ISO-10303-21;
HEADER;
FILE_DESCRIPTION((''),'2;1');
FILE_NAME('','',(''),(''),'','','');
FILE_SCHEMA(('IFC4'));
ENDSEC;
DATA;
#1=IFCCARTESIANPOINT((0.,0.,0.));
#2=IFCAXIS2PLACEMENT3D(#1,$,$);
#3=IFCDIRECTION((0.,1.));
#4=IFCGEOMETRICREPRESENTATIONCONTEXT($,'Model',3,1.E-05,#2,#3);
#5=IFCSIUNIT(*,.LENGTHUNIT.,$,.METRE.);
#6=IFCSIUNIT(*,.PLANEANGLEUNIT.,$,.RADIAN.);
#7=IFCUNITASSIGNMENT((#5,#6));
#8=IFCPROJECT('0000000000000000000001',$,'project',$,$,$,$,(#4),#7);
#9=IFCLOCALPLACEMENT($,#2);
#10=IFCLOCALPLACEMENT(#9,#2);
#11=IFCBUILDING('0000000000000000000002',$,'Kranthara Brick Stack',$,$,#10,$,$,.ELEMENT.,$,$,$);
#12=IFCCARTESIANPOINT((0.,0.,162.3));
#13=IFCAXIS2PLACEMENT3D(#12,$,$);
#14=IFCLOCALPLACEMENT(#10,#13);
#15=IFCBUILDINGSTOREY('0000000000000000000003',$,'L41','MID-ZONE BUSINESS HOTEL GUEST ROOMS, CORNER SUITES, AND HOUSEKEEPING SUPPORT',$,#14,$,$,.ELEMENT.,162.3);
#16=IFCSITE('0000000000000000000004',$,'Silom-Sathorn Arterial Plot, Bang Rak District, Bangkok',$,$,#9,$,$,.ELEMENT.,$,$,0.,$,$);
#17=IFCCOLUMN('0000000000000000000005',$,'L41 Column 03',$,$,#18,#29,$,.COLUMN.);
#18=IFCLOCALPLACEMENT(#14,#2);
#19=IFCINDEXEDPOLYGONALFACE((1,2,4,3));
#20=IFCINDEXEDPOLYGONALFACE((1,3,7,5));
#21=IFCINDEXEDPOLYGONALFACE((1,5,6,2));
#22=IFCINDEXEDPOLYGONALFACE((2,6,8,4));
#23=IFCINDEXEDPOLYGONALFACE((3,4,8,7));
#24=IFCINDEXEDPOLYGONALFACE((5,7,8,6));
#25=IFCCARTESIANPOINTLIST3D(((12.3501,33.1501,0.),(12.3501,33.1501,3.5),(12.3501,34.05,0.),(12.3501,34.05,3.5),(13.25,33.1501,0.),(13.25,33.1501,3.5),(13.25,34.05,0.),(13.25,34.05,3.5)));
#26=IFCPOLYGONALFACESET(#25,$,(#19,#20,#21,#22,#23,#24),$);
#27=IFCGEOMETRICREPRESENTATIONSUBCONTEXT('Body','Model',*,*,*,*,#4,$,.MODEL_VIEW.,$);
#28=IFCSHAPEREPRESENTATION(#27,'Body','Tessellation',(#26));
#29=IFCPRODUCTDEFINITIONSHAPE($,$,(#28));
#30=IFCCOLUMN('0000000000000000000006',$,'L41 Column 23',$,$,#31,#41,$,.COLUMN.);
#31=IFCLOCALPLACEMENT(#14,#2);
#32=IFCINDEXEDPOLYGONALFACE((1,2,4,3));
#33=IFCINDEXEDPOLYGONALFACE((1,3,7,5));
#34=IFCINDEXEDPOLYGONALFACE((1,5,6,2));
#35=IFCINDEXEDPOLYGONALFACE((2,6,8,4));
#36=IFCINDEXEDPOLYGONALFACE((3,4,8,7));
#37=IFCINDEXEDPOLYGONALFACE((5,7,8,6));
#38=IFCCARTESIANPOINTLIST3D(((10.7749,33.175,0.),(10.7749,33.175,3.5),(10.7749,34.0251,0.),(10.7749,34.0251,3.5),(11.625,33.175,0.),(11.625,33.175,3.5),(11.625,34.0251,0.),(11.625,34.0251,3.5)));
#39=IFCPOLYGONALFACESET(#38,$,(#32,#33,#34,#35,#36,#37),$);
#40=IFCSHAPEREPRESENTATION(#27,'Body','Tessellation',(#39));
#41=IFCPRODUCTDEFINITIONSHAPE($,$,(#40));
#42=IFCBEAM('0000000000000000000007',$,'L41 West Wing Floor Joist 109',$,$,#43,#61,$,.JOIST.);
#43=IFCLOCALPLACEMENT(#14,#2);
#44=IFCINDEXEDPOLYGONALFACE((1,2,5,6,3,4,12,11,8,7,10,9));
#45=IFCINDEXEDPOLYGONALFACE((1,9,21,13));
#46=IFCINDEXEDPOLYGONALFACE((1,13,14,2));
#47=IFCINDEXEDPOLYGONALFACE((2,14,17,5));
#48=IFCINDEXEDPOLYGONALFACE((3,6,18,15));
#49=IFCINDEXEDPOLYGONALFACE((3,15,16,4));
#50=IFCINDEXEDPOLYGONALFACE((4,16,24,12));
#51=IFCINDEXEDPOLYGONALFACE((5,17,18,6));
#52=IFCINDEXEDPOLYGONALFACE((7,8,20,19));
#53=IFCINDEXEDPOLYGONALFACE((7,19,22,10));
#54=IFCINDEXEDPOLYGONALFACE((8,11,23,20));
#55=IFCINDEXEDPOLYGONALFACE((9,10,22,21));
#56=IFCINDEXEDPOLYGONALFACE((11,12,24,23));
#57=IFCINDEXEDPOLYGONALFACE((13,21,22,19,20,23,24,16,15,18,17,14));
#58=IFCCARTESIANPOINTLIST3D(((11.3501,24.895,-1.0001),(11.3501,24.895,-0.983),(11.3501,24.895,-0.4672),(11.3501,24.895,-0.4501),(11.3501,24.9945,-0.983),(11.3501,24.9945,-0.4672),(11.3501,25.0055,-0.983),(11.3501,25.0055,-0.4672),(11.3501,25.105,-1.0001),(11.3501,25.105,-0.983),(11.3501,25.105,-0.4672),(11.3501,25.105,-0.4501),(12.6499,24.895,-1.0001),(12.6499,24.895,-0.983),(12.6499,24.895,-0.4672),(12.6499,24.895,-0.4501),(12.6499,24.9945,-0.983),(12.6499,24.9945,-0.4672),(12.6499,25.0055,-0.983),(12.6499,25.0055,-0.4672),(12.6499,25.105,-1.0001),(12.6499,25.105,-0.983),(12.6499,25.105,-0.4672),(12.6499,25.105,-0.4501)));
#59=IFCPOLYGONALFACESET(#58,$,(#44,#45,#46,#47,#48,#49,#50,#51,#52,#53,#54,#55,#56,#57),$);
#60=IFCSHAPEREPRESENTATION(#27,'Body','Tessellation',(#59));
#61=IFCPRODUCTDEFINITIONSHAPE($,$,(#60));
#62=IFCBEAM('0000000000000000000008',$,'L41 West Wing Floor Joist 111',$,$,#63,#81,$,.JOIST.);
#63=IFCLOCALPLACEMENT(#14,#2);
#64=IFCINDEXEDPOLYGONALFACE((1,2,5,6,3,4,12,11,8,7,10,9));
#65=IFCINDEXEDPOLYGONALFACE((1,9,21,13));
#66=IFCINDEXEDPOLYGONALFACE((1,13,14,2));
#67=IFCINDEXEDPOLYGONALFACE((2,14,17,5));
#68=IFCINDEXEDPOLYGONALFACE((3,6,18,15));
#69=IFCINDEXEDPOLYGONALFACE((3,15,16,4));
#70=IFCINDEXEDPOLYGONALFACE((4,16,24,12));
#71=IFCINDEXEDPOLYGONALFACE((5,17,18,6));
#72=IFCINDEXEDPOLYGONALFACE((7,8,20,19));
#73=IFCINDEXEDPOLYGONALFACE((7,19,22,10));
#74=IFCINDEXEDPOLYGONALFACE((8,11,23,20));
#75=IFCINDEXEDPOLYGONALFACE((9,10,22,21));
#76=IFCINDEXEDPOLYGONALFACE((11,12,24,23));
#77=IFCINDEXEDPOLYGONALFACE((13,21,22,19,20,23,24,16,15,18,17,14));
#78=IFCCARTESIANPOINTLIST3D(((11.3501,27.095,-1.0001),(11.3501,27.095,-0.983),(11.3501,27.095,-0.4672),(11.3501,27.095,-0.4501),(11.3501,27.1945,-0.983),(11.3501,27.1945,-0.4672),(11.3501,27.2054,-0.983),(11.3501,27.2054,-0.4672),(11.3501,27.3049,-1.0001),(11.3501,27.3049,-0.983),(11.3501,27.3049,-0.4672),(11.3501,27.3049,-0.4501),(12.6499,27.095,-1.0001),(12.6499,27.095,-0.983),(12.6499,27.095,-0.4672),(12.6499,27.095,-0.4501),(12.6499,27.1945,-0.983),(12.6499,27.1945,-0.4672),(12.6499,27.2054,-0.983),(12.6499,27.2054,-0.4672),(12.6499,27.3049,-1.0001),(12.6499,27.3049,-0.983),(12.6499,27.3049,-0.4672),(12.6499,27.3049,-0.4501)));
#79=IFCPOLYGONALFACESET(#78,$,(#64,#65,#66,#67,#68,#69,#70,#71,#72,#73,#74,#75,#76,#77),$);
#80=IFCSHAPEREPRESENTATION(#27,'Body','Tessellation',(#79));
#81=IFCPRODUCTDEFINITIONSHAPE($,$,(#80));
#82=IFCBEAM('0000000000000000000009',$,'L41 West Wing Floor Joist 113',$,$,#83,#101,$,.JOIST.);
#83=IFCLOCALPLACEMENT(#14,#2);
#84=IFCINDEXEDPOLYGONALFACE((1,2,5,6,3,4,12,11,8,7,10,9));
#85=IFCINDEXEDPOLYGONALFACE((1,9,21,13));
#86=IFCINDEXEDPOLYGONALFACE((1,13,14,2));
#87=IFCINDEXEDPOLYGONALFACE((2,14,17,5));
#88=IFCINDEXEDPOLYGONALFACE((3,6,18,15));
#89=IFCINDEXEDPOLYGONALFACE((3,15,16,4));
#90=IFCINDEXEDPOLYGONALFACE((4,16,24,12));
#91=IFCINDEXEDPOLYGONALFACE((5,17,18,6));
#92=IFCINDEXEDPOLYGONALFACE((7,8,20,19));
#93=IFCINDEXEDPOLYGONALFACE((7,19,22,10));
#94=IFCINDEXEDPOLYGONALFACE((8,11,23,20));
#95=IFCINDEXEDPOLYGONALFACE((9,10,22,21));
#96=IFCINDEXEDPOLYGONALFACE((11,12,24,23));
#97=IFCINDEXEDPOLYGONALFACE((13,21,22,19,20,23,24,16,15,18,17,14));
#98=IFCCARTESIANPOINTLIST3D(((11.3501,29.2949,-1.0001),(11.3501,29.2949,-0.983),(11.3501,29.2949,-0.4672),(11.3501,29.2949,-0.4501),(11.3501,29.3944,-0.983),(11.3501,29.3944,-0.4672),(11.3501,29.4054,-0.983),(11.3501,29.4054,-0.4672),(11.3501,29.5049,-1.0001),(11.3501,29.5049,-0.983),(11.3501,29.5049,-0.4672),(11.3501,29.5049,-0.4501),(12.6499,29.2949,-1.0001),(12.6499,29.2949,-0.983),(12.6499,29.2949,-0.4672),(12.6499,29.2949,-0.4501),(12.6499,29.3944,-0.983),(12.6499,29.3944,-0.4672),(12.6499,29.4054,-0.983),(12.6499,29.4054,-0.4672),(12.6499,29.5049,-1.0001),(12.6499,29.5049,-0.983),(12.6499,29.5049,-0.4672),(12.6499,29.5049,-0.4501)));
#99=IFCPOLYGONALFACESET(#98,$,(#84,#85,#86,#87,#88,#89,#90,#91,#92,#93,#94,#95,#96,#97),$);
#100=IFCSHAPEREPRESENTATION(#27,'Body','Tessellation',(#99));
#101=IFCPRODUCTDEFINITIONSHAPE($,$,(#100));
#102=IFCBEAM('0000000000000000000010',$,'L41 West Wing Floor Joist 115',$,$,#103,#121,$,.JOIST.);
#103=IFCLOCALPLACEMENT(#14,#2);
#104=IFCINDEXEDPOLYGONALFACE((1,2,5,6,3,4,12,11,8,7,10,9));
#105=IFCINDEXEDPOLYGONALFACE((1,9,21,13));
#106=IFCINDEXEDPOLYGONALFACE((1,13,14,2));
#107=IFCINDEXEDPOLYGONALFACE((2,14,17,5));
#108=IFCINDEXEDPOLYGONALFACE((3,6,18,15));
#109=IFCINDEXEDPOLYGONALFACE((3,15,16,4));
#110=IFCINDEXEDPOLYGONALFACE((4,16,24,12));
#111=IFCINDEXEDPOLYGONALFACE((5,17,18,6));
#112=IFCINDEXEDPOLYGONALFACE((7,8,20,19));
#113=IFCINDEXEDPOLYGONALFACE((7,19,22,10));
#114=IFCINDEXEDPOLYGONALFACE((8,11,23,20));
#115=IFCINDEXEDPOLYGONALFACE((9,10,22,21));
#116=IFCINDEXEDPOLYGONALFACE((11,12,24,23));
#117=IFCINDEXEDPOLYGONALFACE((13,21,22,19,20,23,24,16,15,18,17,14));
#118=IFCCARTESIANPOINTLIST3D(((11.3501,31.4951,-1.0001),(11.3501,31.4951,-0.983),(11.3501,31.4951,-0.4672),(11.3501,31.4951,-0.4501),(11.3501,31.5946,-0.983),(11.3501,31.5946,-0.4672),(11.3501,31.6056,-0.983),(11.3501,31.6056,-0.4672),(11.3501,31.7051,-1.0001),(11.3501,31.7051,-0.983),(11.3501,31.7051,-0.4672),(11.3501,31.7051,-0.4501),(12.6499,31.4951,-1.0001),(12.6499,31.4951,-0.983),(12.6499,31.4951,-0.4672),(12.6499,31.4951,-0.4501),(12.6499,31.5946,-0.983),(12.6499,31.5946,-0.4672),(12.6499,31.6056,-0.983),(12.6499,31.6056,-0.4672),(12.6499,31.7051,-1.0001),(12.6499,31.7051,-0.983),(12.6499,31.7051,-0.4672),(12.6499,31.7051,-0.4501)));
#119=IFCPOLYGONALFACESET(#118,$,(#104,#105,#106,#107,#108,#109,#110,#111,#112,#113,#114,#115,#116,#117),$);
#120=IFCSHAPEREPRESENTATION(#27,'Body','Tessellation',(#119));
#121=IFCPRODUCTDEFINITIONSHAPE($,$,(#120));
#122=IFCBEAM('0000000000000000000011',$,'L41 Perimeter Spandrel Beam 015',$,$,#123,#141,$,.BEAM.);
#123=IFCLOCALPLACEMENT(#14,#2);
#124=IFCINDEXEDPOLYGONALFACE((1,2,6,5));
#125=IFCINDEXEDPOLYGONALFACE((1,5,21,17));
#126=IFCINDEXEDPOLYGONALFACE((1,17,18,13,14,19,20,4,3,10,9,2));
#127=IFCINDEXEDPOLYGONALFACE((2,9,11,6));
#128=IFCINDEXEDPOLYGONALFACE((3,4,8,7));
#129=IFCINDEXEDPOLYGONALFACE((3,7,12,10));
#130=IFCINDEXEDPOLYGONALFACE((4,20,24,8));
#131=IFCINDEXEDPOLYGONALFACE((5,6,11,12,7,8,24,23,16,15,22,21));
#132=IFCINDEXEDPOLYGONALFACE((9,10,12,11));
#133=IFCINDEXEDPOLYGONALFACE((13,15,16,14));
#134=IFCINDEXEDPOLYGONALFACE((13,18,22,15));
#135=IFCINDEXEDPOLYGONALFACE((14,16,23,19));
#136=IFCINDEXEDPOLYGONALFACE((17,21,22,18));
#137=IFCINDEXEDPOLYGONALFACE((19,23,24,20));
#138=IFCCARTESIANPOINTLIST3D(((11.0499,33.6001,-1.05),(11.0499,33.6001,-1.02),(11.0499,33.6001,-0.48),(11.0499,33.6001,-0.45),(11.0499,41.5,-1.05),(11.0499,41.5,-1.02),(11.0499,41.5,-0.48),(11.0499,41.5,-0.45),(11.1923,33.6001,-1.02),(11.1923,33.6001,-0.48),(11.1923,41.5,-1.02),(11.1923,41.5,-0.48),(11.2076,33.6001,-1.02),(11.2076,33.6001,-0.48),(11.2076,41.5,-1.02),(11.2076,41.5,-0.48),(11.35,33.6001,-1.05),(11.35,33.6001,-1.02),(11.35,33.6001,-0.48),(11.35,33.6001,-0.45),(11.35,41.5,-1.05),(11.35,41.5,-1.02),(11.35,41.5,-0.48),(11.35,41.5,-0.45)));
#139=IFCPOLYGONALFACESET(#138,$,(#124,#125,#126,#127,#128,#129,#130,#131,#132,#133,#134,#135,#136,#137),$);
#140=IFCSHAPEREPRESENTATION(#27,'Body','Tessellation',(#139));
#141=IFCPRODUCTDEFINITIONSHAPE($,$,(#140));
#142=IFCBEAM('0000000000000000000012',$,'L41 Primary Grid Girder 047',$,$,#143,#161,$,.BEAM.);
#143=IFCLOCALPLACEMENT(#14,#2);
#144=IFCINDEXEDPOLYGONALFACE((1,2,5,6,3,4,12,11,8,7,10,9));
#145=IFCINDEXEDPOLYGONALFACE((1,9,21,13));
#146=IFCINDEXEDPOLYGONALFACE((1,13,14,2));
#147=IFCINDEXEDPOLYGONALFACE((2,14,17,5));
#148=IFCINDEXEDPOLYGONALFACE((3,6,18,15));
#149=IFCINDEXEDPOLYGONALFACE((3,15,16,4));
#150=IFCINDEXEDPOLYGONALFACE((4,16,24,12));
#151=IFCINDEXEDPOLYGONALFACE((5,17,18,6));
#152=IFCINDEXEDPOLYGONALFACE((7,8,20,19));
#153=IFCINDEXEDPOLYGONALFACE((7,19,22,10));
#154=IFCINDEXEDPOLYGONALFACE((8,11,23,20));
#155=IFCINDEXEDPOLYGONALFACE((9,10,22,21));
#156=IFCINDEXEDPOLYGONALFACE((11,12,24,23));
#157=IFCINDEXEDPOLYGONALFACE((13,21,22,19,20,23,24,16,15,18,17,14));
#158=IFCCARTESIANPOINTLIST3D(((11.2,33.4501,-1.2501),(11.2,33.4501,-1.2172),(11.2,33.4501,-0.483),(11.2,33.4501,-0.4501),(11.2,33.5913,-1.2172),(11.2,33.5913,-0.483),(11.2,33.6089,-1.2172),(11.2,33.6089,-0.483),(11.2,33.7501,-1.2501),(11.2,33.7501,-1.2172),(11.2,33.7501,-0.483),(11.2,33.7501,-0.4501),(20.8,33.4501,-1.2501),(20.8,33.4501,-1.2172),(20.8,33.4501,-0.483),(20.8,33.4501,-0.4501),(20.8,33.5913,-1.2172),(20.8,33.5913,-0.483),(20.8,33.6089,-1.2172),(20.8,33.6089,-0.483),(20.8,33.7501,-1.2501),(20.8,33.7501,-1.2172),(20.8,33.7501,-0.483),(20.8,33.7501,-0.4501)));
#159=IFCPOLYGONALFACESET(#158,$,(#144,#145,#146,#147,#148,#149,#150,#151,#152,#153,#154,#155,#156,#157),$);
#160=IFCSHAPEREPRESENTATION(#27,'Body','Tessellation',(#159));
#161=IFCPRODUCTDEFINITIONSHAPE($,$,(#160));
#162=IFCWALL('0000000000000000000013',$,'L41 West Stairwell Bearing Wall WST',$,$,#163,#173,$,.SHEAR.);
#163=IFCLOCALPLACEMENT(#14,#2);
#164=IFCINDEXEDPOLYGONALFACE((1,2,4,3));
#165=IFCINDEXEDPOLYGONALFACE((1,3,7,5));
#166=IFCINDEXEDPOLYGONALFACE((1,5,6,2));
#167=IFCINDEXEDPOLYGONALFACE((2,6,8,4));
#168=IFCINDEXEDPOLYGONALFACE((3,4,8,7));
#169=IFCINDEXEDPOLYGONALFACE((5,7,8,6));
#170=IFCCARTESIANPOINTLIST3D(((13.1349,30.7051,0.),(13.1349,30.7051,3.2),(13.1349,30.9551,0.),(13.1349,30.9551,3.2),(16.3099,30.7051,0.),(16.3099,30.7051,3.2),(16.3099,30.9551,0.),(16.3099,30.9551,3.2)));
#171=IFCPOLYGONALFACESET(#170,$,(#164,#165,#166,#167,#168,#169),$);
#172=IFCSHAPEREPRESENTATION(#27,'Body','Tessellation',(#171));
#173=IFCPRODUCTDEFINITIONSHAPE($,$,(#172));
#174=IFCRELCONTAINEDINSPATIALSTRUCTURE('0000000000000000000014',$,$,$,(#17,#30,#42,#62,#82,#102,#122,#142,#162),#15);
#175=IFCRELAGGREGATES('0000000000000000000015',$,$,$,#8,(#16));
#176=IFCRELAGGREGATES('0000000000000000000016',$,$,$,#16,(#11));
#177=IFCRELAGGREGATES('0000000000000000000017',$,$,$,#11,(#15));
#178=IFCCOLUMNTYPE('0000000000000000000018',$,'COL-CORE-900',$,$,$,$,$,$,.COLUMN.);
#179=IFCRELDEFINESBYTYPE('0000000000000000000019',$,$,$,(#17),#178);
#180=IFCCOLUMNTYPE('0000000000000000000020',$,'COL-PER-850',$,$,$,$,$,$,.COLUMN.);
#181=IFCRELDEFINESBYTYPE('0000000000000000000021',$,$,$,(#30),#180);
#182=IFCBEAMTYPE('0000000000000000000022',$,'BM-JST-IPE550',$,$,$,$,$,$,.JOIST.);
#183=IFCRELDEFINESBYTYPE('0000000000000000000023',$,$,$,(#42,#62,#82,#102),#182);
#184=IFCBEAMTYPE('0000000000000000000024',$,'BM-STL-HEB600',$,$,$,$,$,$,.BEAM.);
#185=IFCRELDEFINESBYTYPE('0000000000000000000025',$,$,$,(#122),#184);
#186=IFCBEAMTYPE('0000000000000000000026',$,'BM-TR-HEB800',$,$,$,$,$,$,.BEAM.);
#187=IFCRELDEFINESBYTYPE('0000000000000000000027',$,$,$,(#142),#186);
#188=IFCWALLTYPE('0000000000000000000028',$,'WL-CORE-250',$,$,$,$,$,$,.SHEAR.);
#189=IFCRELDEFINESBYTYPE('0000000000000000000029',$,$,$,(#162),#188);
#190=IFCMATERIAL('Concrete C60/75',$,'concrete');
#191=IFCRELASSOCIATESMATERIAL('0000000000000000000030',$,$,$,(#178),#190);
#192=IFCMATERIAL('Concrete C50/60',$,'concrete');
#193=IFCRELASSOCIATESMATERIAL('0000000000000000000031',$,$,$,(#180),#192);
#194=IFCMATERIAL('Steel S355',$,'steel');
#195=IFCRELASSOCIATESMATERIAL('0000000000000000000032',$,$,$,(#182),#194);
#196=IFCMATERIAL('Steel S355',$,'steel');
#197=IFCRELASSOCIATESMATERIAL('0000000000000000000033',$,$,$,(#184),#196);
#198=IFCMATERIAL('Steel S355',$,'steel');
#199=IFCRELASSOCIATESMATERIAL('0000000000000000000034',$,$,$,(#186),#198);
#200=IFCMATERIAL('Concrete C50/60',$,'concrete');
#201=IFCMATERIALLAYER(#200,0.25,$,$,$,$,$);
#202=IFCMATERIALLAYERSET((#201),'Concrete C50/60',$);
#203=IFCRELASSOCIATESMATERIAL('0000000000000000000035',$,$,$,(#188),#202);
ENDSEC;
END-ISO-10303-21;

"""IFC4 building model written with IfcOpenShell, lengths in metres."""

from ifc_helpers import new_model, si_unit, direction, frame, frame_2d, origin, origin_2d, place, context, subcontext, project, spatial, rectangle, i_section, extrude, material, layer, layer_set, material_profile, profile_set, type_object, element, save


model = new_model("IFC4")

# Units and contexts
model_context = context("Model", 3, precision=1e-05, world=origin(), true_north=direction((0.0, 1.0)))
body_context = subcontext(model_context, "Body", "Model", "MODEL_VIEW")
ifc_project = project(units=[si_unit("LENGTHUNIT", "METRE"), si_unit("PLANEANGLEUNIT", "RADIAN")], contexts=[model_context])

# Site, building, storey
site_placement = place(None, origin())
site = spatial("IfcSite", under=ifc_project, at=site_placement, Name="Silom-Sathorn Arterial Plot, Bang Rak District, Bangkok", CompositionType="ELEMENT", RefElevation=0.0)
building_placement = place(site_placement, origin())
building = spatial("IfcBuilding", under=site, at=building_placement, Name="Kranthara Brick Stack", CompositionType="ELEMENT")
storey_placement = place(building_placement, frame((0.0, 0.0, 162.3)))
storey = spatial("IfcBuildingStorey", under=building, at=storey_placement, Name="L41", Description="MID-ZONE BUSINESS HOTEL GUEST ROOMS, CORNER SUITES, AND HOUSEKEEPING SUPPORT", CompositionType="ELEMENT", Elevation=162.3)

# Columns
ifc_material_1 = material(Name="Concrete C60/75", Category="concrete")
ifc_material_profile_1 = material_profile(ifc_material_1, rectangle(XDim=0.8999, YDim=0.8999, at=origin_2d()), Name="RC 900x900")
ifc_profile_set_1 = profile_set([ifc_material_profile_1], Name="Concrete C60/75")
column_type_1 = type_object("IfcColumnType", Name="COL-CORE-900", PredefinedType="COLUMN", material=ifc_profile_set_1)
column_1_placement = place(storey_placement, frame((12.8, 33.6001, 0.0), z_axis=(0.0, 0.0, 1.0), x_axis=(1.0, 0.0, 0.0)))
element("IfcColumn", 1, at=column_1_placement, inside=storey, type_object=column_type_1, Name="L41 Column 03", PredefinedType="COLUMN", context=body_context, shape_type="SweptSolid", body=[
    extrude(rectangle(XDim=0.8999, YDim=0.8999, at=origin_2d()), origin(), (0.0, 0.0, 1.0), 3.5),
])
ifc_material_2 = material(Name="Concrete C50/60", Category="concrete")
ifc_material_profile_2 = material_profile(ifc_material_2, rectangle(XDim=0.8501, YDim=0.8501, at=origin_2d()), Name="RC 850x850")
ifc_profile_set_2 = profile_set([ifc_material_profile_2], Name="Concrete C50/60")
column_type_2 = type_object("IfcColumnType", Name="COL-PER-850", PredefinedType="COLUMN", material=ifc_profile_set_2)
column_2_placement = place(storey_placement, frame((11.2, 33.6001, 0.0), z_axis=(0.0, 0.0, 1.0), x_axis=(1.0, 0.0, 0.0)))
element("IfcColumn", 2, at=column_2_placement, inside=storey, type_object=column_type_2, Name="L41 Column 23", PredefinedType="COLUMN", context=body_context, shape_type="SweptSolid", body=[
    extrude(rectangle(XDim=0.8501, YDim=0.8501, at=origin_2d()), origin(), (0.0, 0.0, 1.0), 3.5),
])

# Beams
ifc_material_3 = material(Name="Steel S355", Category="steel")
ifc_material_profile_3 = material_profile(ifc_material_3, i_section(OverallWidth=0.21, OverallDepth=0.55, WebThickness=0.011, FlangeThickness=0.0171, at=origin_2d()), Name="IPE 550")
ifc_profile_set_3 = profile_set([ifc_material_profile_3], Name="Steel S355")
beam_type_1 = type_object("IfcBeamType", Name="BM-JST-IPE550", PredefinedType="JOIST", material=ifc_profile_set_3)
for number, where, z_axis, x_axis, name in (
    (3, (11.3501, 25.0, -0.7251), (1.0, 0.0, 0.0), (0.0, 1.0, 0.0), "L41 West Wing Floor Joist 109"),
    (4, (11.3501, 27.2, -0.7251), (1.0, 0.0, 0.0), (0.0, 1.0, 0.0), "L41 West Wing Floor Joist 111"),
    (5, (11.3501, 29.3999, -0.7251), (1.0, 0.0, 0.0), (0.0, 1.0, 0.0), "L41 West Wing Floor Joist 113"),
    (6, (11.3501, 31.6001, -0.7251), (1.0, 0.0, 0.0), (0.0, 1.0, 0.0), "L41 West Wing Floor Joist 115"),
):
    element("IfcBeam", number, at=place(storey_placement, frame(where, z_axis=z_axis, x_axis=x_axis)), inside=storey, type_object=beam_type_1, Name=name, PredefinedType="JOIST", context=body_context, shape_type="SweptSolid", body=[
        extrude(i_section(OverallWidth=0.21, OverallDepth=0.55, WebThickness=0.011, FlangeThickness=0.0171, at=origin_2d()), origin(), (0.0, 0.0, 1.0), 1.2998),
    ])
ifc_material_4 = material(Name="Steel S355", Category="steel")
ifc_material_profile_4 = material_profile(ifc_material_4, i_section(OverallWidth=0.3, OverallDepth=0.6001, WebThickness=0.0154, FlangeThickness=0.03, at=origin_2d()), Name="HEB 600")
ifc_profile_set_4 = profile_set([ifc_material_profile_4], Name="Steel S355")
beam_type_2 = type_object("IfcBeamType", Name="BM-STL-HEB600", PredefinedType="BEAM", material=ifc_profile_set_4)
beam_1_placement = place(storey_placement, frame((11.2, 33.6001, -0.75), z_axis=(0.0, 1.0, 0.0), x_axis=(-1.0, 0.0, 0.0)))
element("IfcBeam", 7, at=beam_1_placement, inside=storey, type_object=beam_type_2, Name="L41 Perimeter Spandrel Beam 015", PredefinedType="BEAM", context=body_context, shape_type="SweptSolid", body=[
    extrude(i_section(OverallWidth=0.3, OverallDepth=0.6001, WebThickness=0.0154, FlangeThickness=0.03, at=origin_2d()), origin(), (0.0, 0.0, 1.0), 7.8999),
])
ifc_material_5 = material(Name="Steel S355", Category="steel")
ifc_material_profile_5 = material_profile(ifc_material_5, i_section(OverallWidth=0.3, OverallDepth=0.8, WebThickness=0.0176, FlangeThickness=0.033, at=origin_2d()), Name="HEB 800")
ifc_profile_set_5 = profile_set([ifc_material_profile_5], Name="Steel S355")
beam_type_3 = type_object("IfcBeamType", Name="BM-TR-HEB800", PredefinedType="BEAM", material=ifc_profile_set_5)
beam_2_placement = place(storey_placement, frame((11.2, 33.6001, -0.8501), z_axis=(1.0, 0.0, 0.0), x_axis=(0.0, 1.0, 0.0)))
element("IfcBeam", 8, at=beam_2_placement, inside=storey, type_object=beam_type_3, Name="L41 Primary Grid Girder 047", PredefinedType="BEAM", context=body_context, shape_type="SweptSolid", body=[
    extrude(i_section(OverallWidth=0.3, OverallDepth=0.8, WebThickness=0.0176, FlangeThickness=0.033, at=origin_2d()), origin(), (0.0, 0.0, 1.0), 9.6001),
])

# Wall
ifc_material_6 = material(Name="Concrete C50/60", Category="concrete")
ifc_layer_1 = layer(ifc_material_6, 0.25)
ifc_layer_set_1 = layer_set([ifc_layer_1], Name="Concrete C50/60")
wall_type_1 = type_object("IfcWallType", Name="WL-CORE-250", PredefinedType="SHEAR", material=ifc_layer_set_1)
wall_1_placement = place(storey_placement, frame((13.135, 30.8301, 0.0), z_axis=(0.0, 0.0, 1.0), x_axis=(1.0, 0.0, 0.0)))
element("IfcWall", 9, at=wall_1_placement, inside=storey, type_object=wall_type_1, Name="L41 West Stairwell Bearing Wall WST", PredefinedType="SHEAR", context=body_context, shape_type="SweptSolid", body=[
    extrude(rectangle(XDim=3.175, YDim=0.25, at=frame_2d((1.5874, 0.0))), origin(), (0.0, 0.0, 1.0), 3.2),
])

save(model, "model.ifc")
